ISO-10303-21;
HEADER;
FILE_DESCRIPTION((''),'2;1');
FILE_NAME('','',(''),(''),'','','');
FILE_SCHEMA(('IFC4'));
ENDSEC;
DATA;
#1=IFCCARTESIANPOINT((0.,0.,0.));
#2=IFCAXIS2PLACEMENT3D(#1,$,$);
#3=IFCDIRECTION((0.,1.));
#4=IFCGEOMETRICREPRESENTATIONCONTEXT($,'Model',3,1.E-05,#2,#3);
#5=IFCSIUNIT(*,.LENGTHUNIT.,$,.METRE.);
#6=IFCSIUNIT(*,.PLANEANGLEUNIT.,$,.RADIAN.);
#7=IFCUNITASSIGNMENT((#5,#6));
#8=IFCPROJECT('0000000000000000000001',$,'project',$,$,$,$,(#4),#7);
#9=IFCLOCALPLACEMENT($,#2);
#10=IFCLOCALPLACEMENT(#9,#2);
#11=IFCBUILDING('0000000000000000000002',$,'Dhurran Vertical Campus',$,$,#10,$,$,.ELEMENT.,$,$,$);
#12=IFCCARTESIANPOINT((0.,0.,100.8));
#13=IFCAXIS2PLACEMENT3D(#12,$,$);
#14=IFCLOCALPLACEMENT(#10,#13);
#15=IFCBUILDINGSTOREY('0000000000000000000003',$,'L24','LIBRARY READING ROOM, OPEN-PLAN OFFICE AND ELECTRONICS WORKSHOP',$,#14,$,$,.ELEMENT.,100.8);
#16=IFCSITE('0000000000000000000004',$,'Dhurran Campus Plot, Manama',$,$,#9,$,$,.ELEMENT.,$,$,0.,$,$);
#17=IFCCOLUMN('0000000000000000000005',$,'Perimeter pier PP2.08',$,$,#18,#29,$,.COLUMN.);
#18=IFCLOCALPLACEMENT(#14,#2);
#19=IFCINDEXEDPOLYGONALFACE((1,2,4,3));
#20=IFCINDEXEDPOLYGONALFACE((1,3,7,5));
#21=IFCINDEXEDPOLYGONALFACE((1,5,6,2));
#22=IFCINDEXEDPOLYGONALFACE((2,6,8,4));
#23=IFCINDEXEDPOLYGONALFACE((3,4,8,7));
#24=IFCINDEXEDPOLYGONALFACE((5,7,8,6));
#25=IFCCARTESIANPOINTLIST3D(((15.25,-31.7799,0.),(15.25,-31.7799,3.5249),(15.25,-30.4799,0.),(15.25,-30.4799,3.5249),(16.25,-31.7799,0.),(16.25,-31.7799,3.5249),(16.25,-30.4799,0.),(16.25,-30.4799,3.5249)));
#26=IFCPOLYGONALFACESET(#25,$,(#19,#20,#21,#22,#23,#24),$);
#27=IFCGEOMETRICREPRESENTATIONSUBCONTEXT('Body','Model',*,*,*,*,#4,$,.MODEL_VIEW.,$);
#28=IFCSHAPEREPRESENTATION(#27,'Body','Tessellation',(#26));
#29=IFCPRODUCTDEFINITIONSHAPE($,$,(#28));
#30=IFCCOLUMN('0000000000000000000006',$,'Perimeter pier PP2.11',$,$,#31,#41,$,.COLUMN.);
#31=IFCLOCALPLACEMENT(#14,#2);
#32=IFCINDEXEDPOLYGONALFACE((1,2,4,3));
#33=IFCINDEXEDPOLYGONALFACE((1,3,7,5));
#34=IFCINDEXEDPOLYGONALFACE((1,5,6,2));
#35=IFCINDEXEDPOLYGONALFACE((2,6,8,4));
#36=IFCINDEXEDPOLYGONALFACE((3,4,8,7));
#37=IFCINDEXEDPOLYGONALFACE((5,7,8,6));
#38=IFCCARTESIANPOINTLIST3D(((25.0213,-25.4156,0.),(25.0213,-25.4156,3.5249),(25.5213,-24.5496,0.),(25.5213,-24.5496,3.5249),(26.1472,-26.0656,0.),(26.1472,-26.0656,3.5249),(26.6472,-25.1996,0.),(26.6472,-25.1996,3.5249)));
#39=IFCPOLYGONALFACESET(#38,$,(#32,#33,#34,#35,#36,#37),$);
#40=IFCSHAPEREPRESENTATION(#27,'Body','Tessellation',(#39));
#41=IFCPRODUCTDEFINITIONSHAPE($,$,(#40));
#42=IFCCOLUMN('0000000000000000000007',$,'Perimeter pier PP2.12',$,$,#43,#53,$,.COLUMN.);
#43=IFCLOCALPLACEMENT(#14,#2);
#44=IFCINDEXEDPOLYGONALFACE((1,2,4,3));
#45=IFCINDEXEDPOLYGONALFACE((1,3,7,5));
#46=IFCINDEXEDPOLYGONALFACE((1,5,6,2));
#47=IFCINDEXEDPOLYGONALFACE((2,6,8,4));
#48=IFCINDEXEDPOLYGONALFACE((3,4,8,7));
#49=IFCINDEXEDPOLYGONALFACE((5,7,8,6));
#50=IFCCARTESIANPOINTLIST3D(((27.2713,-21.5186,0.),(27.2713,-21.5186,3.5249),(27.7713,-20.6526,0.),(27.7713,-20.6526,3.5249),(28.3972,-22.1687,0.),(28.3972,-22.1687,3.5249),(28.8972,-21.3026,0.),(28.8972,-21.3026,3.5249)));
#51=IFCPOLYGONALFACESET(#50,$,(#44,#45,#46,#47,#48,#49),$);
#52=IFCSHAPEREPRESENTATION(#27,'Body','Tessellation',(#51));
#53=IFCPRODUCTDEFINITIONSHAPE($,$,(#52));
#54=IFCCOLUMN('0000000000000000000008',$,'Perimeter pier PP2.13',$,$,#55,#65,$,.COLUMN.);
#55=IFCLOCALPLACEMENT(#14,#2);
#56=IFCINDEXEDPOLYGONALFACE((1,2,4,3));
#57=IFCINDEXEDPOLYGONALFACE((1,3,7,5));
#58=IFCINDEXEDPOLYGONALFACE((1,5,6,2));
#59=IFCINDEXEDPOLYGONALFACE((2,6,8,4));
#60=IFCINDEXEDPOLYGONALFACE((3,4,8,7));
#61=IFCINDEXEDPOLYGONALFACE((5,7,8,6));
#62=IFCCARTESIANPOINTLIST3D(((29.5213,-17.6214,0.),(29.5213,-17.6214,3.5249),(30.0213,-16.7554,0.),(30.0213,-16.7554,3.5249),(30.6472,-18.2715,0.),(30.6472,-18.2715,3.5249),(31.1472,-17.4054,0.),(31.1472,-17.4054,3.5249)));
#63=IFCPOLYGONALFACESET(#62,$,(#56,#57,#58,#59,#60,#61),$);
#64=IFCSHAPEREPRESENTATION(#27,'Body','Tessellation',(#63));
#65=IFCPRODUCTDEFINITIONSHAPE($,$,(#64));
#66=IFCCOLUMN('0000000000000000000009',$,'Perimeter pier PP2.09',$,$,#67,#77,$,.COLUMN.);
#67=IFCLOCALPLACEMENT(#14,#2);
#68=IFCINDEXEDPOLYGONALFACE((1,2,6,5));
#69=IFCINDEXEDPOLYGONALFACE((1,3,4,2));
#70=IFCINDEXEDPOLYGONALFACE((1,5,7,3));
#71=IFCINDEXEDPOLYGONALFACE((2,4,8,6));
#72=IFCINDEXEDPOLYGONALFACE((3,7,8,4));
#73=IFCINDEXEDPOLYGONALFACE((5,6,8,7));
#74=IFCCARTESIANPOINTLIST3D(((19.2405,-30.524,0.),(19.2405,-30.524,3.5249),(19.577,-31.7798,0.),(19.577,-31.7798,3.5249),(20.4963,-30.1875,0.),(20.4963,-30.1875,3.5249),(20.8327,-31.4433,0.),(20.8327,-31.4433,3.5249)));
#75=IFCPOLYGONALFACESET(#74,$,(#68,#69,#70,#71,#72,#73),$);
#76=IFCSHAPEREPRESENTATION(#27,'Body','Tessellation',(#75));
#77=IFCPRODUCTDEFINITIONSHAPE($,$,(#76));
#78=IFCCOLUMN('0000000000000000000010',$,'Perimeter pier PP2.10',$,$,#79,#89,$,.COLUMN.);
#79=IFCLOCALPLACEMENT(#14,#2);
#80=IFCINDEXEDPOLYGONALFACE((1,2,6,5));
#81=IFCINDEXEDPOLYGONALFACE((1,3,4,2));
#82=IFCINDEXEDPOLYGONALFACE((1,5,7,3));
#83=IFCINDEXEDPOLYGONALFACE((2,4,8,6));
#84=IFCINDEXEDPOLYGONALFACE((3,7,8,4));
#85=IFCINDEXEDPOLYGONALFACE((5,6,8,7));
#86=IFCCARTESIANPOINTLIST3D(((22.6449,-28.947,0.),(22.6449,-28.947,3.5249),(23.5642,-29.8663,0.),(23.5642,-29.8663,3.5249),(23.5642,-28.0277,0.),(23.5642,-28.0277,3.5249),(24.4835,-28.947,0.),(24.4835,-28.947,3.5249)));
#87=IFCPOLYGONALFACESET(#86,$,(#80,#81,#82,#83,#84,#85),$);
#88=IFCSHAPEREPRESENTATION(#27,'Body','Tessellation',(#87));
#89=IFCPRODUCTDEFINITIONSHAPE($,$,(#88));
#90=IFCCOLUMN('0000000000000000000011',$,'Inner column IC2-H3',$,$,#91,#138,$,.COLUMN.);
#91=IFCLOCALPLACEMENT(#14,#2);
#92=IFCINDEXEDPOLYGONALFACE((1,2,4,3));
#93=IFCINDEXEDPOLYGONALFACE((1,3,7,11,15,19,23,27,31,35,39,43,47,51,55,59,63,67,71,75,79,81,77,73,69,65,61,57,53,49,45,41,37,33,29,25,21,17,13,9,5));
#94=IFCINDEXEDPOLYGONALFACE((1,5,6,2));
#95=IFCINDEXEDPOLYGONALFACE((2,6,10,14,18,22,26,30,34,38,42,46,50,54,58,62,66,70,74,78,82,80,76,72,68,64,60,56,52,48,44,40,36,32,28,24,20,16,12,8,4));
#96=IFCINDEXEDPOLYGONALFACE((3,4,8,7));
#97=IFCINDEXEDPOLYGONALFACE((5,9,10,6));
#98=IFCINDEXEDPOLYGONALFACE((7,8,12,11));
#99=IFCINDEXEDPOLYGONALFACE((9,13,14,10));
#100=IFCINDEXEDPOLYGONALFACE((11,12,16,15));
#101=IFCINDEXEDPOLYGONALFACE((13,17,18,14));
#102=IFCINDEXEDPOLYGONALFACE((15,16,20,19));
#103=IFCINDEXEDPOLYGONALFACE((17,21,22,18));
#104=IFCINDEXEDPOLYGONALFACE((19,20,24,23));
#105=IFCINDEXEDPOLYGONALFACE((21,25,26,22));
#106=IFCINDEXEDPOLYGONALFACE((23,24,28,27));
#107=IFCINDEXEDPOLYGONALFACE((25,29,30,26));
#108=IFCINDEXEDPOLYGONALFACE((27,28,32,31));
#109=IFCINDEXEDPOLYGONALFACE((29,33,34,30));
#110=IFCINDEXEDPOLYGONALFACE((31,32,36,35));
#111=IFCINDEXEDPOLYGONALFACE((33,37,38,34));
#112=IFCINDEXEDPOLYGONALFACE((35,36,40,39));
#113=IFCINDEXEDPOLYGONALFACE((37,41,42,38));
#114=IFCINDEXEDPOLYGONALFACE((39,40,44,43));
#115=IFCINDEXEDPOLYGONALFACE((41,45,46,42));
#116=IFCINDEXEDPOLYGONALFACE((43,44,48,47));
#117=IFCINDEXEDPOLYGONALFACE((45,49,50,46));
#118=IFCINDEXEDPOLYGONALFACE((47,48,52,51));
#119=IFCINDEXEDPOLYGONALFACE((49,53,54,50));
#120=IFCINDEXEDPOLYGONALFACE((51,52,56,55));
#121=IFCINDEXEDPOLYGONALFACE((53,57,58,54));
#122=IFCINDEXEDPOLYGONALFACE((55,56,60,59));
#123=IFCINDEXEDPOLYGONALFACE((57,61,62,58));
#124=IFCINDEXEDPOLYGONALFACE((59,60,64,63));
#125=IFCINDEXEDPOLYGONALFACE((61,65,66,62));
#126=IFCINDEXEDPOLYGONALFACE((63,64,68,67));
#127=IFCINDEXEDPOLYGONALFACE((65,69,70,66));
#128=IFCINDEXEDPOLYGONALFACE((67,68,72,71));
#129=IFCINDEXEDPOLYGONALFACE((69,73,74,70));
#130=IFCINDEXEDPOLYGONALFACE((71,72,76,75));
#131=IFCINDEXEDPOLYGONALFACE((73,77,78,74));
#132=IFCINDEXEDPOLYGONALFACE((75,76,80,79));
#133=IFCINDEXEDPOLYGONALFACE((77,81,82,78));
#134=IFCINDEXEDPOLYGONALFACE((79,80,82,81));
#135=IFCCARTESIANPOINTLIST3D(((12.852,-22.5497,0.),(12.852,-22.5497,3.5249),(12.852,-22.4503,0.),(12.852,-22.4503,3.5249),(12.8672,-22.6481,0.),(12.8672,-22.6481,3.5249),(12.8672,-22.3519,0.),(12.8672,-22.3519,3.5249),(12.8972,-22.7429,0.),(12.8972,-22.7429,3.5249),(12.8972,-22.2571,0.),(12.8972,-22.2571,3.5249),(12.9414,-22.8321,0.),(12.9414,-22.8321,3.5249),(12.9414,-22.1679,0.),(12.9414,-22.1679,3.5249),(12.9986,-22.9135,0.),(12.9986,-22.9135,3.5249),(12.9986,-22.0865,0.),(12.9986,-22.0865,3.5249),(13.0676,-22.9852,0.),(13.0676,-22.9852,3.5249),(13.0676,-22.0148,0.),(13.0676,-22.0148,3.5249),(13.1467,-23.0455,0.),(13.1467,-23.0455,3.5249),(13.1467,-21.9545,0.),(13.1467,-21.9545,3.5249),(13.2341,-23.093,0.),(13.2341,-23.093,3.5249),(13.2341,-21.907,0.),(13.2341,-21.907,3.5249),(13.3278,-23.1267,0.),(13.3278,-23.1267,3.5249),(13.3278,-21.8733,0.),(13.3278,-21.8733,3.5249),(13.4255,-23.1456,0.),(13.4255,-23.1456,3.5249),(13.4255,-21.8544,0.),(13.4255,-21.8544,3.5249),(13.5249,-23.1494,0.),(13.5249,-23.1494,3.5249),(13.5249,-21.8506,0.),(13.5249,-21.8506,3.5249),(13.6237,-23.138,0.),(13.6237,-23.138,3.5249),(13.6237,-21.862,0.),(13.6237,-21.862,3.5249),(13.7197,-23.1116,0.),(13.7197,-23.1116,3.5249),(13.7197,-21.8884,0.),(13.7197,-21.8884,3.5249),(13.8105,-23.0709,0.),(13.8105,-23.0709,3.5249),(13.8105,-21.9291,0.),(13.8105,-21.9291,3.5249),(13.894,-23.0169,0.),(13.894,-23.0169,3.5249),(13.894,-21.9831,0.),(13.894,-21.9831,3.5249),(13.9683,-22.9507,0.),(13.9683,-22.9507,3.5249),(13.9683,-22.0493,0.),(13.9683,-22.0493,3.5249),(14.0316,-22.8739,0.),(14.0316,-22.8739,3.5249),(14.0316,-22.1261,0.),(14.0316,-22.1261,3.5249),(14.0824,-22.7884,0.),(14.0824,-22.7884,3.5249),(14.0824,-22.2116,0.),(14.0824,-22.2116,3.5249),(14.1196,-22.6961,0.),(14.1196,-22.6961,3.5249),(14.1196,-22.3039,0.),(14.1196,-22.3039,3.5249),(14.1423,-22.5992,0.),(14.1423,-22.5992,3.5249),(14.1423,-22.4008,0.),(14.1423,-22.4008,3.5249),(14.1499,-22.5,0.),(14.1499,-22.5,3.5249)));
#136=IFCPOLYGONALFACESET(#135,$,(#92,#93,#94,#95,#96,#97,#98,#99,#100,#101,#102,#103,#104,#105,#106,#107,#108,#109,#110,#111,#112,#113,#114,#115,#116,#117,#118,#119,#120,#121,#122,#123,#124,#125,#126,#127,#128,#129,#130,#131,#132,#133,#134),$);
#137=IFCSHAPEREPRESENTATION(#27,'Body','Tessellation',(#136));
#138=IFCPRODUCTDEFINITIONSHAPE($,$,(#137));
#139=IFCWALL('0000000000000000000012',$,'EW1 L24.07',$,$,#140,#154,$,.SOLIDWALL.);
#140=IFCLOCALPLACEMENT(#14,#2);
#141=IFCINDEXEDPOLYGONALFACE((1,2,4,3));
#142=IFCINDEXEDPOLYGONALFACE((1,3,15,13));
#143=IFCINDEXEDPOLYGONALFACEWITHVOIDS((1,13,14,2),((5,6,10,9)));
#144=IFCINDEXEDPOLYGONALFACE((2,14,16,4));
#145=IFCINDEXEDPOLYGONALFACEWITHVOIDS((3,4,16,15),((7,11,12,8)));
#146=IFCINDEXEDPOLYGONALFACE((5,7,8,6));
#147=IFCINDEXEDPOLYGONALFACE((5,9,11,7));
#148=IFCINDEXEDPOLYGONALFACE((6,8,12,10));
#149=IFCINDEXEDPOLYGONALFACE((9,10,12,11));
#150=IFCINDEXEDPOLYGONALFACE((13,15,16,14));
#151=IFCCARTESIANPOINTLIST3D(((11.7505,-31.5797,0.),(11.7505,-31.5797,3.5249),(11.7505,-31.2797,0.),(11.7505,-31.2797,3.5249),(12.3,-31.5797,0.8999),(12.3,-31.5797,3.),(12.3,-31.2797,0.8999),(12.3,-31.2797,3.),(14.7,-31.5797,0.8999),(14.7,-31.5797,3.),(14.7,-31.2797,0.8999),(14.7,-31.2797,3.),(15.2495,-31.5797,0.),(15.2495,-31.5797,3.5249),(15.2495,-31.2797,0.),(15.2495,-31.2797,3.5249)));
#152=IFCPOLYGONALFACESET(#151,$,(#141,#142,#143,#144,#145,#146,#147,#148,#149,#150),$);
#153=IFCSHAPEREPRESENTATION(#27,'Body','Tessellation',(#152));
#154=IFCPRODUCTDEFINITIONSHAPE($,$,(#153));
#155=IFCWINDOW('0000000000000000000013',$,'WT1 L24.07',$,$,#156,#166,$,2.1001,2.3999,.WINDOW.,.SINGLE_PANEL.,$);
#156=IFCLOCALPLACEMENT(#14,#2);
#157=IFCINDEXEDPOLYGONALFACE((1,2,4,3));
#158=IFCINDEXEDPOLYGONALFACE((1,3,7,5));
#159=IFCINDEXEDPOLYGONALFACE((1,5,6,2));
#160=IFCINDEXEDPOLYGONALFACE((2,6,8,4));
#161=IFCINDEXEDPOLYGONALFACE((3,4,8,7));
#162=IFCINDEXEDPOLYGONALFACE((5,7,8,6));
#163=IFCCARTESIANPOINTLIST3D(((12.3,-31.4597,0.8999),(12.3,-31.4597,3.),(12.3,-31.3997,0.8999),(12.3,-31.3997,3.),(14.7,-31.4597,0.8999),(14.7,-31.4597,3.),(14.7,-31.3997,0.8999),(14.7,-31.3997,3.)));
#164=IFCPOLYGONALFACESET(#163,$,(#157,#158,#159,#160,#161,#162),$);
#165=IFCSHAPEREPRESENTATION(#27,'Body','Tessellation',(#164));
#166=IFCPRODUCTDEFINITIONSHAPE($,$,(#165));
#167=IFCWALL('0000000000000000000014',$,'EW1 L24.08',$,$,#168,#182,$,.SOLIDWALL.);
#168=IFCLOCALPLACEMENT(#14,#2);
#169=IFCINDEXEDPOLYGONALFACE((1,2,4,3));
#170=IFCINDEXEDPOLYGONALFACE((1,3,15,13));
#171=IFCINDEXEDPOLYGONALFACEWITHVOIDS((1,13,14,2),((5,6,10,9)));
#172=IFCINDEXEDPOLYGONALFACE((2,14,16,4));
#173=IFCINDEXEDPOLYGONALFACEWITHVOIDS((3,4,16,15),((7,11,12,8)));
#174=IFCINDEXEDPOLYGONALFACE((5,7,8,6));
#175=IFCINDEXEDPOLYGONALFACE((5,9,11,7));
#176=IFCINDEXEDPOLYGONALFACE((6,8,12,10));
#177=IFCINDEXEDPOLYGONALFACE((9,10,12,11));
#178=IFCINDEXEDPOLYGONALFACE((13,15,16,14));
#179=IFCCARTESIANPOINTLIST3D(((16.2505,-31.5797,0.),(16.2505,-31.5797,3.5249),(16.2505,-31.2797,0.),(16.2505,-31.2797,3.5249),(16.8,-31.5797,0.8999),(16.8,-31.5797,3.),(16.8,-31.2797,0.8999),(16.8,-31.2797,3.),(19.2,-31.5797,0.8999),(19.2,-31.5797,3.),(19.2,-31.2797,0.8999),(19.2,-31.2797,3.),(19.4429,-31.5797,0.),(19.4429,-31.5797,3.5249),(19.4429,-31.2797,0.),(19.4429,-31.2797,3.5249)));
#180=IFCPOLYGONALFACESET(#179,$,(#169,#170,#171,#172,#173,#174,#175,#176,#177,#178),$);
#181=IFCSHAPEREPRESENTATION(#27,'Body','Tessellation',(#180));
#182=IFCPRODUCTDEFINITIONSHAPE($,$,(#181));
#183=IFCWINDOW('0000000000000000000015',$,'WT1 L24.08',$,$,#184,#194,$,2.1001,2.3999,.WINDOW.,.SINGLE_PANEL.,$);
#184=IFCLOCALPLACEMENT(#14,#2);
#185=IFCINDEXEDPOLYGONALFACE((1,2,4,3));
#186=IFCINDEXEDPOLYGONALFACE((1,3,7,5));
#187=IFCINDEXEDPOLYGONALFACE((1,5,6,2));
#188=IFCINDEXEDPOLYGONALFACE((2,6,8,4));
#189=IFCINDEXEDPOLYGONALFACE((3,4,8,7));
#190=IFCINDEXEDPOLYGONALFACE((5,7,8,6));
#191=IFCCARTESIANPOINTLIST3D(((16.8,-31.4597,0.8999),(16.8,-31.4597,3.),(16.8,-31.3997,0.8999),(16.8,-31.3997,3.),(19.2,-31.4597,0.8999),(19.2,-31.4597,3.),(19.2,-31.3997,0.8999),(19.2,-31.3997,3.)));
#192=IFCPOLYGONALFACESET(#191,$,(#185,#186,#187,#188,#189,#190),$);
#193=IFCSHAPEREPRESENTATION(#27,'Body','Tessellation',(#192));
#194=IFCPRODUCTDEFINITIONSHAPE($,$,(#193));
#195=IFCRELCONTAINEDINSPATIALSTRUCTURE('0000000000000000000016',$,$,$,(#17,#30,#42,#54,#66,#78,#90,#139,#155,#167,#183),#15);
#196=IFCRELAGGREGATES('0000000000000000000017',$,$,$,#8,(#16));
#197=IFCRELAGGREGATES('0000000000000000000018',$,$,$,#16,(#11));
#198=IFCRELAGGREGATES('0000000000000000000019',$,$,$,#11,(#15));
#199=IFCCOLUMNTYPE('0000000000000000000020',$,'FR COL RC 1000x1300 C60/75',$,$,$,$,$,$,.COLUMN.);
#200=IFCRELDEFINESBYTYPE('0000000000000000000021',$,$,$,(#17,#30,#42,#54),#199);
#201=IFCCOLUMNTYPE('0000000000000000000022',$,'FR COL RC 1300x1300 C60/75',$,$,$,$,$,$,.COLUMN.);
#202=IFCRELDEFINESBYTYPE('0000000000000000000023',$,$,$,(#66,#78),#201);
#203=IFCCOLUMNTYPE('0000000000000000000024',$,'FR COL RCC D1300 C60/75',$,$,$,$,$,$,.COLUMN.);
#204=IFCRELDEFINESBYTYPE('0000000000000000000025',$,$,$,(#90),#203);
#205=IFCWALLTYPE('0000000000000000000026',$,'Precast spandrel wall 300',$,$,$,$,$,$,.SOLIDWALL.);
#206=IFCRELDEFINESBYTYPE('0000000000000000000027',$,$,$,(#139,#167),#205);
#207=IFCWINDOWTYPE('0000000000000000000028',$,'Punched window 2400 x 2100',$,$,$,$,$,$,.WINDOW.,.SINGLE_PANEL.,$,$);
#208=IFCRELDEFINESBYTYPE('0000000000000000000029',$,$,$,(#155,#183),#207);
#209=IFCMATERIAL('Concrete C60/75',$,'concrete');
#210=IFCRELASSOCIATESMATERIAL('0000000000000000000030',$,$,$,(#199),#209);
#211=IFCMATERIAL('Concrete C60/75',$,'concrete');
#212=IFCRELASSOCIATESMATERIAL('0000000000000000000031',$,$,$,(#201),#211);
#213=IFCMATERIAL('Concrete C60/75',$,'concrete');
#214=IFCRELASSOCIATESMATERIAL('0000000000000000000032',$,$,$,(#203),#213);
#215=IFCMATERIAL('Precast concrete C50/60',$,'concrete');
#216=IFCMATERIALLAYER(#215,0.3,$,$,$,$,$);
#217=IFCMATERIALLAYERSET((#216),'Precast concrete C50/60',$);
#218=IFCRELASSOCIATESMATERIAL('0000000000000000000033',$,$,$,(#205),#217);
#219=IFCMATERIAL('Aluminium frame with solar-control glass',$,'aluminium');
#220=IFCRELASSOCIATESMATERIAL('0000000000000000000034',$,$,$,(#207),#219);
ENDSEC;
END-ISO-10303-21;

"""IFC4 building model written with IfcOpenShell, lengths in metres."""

from ifc_helpers import new_model, si_unit, direction, frame, frame_2d, origin, origin_2d, place, context, subcontext, project, spatial, rectangle, circle, extrude, material, layer, layer_set, material_profile, profile_set, type_object, element, fill, save


model = new_model("IFC4")

# Units and contexts
model_context = context("Model", 3, precision=1e-05, world=origin(), true_north=direction((0.0, 1.0)))
body_context = subcontext(model_context, "Body", "Model", "MODEL_VIEW")
ifc_project = project(units=[si_unit("LENGTHUNIT", "METRE"), si_unit("PLANEANGLEUNIT", "RADIAN")], contexts=[model_context])

# Site, building, storey
site_placement = place(None, origin())
site = spatial("IfcSite", under=ifc_project, at=site_placement, Name="Dhurran Campus Plot, Manama", CompositionType="ELEMENT", RefElevation=0.0)
building_placement = place(site_placement, origin())
building = spatial("IfcBuilding", under=site, at=building_placement, Name="Dhurran Vertical Campus", CompositionType="ELEMENT")
storey_placement = place(building_placement, frame((0.0, 0.0, 100.8)))
storey = spatial("IfcBuildingStorey", under=building, at=storey_placement, Name="L24", Description="LIBRARY READING ROOM, OPEN-PLAN OFFICE AND ELECTRONICS WORKSHOP", CompositionType="ELEMENT", Elevation=100.8)

# Columns
ifc_material_1 = material(Name="Concrete C60/75", Category="concrete")
ifc_material_profile_1 = material_profile(ifc_material_1, rectangle(XDim=1.0, YDim=1.3, at=origin_2d()), Name="RC 1000x1300")
ifc_profile_set_1 = profile_set([ifc_material_profile_1], Name="Concrete C60/75")
column_type_1 = type_object("IfcColumnType", Name="FR COL RC 1000x1300 C60/75", PredefinedType="COLUMN", material=ifc_profile_set_1)
for number, where, z_axis, x_axis, name in (
    (1, (15.75, -31.1299, 0.0), (0.0, 0.0, 1.0), (1.0, 0.0, 0.0), "Perimeter pier PP2.08"),
    (2, (25.8342, -25.3076, 0.0), (0.0, 0.0, 1.0), (0.5, 0.866025, 0.0), "Perimeter pier PP2.11"),
    (3, (28.0842, -21.4106, 0.0), (0.0, 0.0, 1.0), (0.5, 0.866025, 0.0), "Perimeter pier PP2.12"),
    (4, (30.3342, -17.5134, 0.0), (0.0, 0.0, 1.0), (0.5, 0.866025, 0.0), "Perimeter pier PP2.13"),
):
    element("IfcColumn", number, at=place(storey_placement, frame(where, z_axis=z_axis, x_axis=x_axis)), inside=storey, type_object=column_type_1, Name=name, PredefinedType="COLUMN", context=body_context, shape_type="SweptSolid", body=[
        extrude(rectangle(XDim=1.0, YDim=1.3, at=origin_2d()), origin(), (0.0, 0.0, 1.0), 3.5249),
    ])
ifc_material_2 = material(Name="Concrete C60/75", Category="concrete")
ifc_material_profile_2 = material_profile(ifc_material_2, rectangle(XDim=1.3, YDim=1.3, at=origin_2d()), Name="RC 1300x1300")
ifc_profile_set_2 = profile_set([ifc_material_profile_2], Name="Concrete C60/75")
column_type_2 = type_object("IfcColumnType", Name="FR COL RC 1300x1300 C60/75", PredefinedType="COLUMN", material=ifc_profile_set_2)
for number, where, z_axis, x_axis, name in (
    (5, (20.0366, -30.9836, 0.0), (0.0, 0.0, 1.0), (0.965926, 0.258819, 0.0), "Perimeter pier PP2.09"),
    (6, (23.5642, -28.947, 0.0), (0.0, 0.0, 1.0), (0.707107, 0.707107, 0.0), "Perimeter pier PP2.10"),
):
    element("IfcColumn", number, at=place(storey_placement, frame(where, z_axis=z_axis, x_axis=x_axis)), inside=storey, type_object=column_type_2, Name=name, PredefinedType="COLUMN", context=body_context, shape_type="SweptSolid", body=[
        extrude(rectangle(XDim=1.3, YDim=1.3, at=origin_2d()), origin(), (0.0, 0.0, 1.0), 3.5249),
    ])
ifc_material_3 = material(Name="Concrete C60/75", Category="concrete")
ifc_material_profile_3 = material_profile(ifc_material_3, circle(Radius=0.6499, at=origin_2d()), Name="RCC D1300")
ifc_profile_set_3 = profile_set([ifc_material_profile_3], Name="Concrete C60/75")
column_type_3 = type_object("IfcColumnType", Name="FR COL RCC D1300 C60/75", PredefinedType="COLUMN", material=ifc_profile_set_3)
column_placement = place(storey_placement, frame((13.5, -22.5, 0.0), z_axis=(0.0, 0.0, 1.0), x_axis=(1.0, 0.0, 0.0)))
element("IfcColumn", 7, at=column_placement, inside=storey, type_object=column_type_3, Name="Inner column IC2-H3", PredefinedType="COLUMN", context=body_context, shape_type="SweptSolid", body=[
    extrude(circle(Radius=0.6499, at=origin_2d()), origin(), (0.0, 0.0, 1.0), 3.5249),
])

# Walls, openings, windows
ifc_material_4 = material(Name="Precast concrete C50/60", Category="concrete")
ifc_layer_1 = layer(ifc_material_4, 0.3)
ifc_layer_set_1 = layer_set([ifc_layer_1], Name="Precast concrete C50/60")
wall_type_1 = type_object("IfcWallType", Name="Precast spandrel wall 300", PredefinedType="SOLIDWALL", material=ifc_layer_set_1)
wall_1_placement = place(storey_placement, frame((11.7505, -31.4297, 0.0), z_axis=(0.0, 0.0, 1.0), x_axis=(1.0, 0.0, 0.0)))
wall_1 = element("IfcWall", 8, at=wall_1_placement, inside=storey, type_object=wall_type_1, Name="EW1 L24.07", PredefinedType="SOLIDWALL", context=body_context, shape_type="SweptSolid", body=[
    extrude(rectangle(XDim=3.499, YDim=0.3, at=frame_2d((1.7495, 0.0))), origin(), (0.0, 0.0, 1.0), 3.5249),
])
opening_1_placement = place(wall_1_placement, frame((0.5496, 0.0, 0.8999)))
opening_1 = element("IfcOpeningElement", 9, at=opening_1_placement, cuts=wall_1, PredefinedType="OPENING", context=body_context, shape_type="SweptSolid", body=[
    extrude(rectangle(XDim=2.3999, YDim=2.1001, at=frame_2d((1.2, 1.05))), frame((0.0, 0.1599, 0.0), z_axis=(0.0, -1.0, 0.0), x_axis=(1.0, 0.0, 0.0)), (0.0, 0.0, 1.0), 0.3201),
])
ifc_material_5 = material(Name="Aluminium frame with solar-control glass", Category="aluminium")
window_type = type_object("IfcWindowType", Name="Punched window 2400 x 2100", PartitioningType="SINGLE_PANEL", PredefinedType="WINDOW", material=ifc_material_5)
window_1_placement = place(opening_1_placement, origin())
window_1 = element("IfcWindow", 10, at=window_1_placement, inside=storey, type_object=window_type, Name="WT1 L24.07", OverallHeight=2.1001, OverallWidth=2.3999, PartitioningType="SINGLE_PANEL", PredefinedType="WINDOW", context=body_context, shape_type="SweptSolid", body=[
    extrude(rectangle(XDim=2.3999, YDim=2.1001, at=frame_2d((1.2, 1.05))), frame((0.0, 0.03, 0.0), z_axis=(0.0, -1.0, 0.0), x_axis=(1.0, 0.0, 0.0)), (0.0, 0.0, 1.0), 0.0601),
])
fill(opening_1, window_1)
wall_2_placement = place(storey_placement, frame((16.2505, -31.4297, 0.0), z_axis=(0.0, 0.0, 1.0), x_axis=(1.0, 0.0, 0.0)))
wall_2 = element("IfcWall", 11, at=wall_2_placement, inside=storey, type_object=wall_type_1, Name="EW1 L24.08", PredefinedType="SOLIDWALL", context=body_context, shape_type="SweptSolid", body=[
    extrude(rectangle(XDim=3.1924, YDim=0.3, at=frame_2d((1.5962, 0.0))), origin(), (0.0, 0.0, 1.0), 3.5249),
])
opening_2_placement = place(wall_2_placement, frame((0.5496, 0.0, 0.8999)))
opening_2 = element("IfcOpeningElement", 12, at=opening_2_placement, cuts=wall_2, PredefinedType="OPENING", context=body_context, shape_type="SweptSolid", body=[
    extrude(rectangle(XDim=2.3999, YDim=2.1001, at=frame_2d((1.2, 1.05))), frame((0.0, 0.1599, 0.0), z_axis=(0.0, -1.0, 0.0), x_axis=(1.0, 0.0, 0.0)), (0.0, 0.0, 1.0), 0.3201),
])
window_2_placement = place(opening_2_placement, origin())
window_2 = element("IfcWindow", 13, at=window_2_placement, inside=storey, type_object=window_type, Name="WT1 L24.08", OverallHeight=2.1001, OverallWidth=2.3999, PartitioningType="SINGLE_PANEL", PredefinedType="WINDOW", context=body_context, shape_type="SweptSolid", body=[
    extrude(rectangle(XDim=2.3999, YDim=2.1001, at=frame_2d((1.2, 1.05))), frame((0.0, 0.03, 0.0), z_axis=(0.0, -1.0, 0.0), x_axis=(1.0, 0.0, 0.0)), (0.0, 0.0, 1.0), 0.0601),
])
fill(opening_2, window_2)

save(model, "model.ifc")
